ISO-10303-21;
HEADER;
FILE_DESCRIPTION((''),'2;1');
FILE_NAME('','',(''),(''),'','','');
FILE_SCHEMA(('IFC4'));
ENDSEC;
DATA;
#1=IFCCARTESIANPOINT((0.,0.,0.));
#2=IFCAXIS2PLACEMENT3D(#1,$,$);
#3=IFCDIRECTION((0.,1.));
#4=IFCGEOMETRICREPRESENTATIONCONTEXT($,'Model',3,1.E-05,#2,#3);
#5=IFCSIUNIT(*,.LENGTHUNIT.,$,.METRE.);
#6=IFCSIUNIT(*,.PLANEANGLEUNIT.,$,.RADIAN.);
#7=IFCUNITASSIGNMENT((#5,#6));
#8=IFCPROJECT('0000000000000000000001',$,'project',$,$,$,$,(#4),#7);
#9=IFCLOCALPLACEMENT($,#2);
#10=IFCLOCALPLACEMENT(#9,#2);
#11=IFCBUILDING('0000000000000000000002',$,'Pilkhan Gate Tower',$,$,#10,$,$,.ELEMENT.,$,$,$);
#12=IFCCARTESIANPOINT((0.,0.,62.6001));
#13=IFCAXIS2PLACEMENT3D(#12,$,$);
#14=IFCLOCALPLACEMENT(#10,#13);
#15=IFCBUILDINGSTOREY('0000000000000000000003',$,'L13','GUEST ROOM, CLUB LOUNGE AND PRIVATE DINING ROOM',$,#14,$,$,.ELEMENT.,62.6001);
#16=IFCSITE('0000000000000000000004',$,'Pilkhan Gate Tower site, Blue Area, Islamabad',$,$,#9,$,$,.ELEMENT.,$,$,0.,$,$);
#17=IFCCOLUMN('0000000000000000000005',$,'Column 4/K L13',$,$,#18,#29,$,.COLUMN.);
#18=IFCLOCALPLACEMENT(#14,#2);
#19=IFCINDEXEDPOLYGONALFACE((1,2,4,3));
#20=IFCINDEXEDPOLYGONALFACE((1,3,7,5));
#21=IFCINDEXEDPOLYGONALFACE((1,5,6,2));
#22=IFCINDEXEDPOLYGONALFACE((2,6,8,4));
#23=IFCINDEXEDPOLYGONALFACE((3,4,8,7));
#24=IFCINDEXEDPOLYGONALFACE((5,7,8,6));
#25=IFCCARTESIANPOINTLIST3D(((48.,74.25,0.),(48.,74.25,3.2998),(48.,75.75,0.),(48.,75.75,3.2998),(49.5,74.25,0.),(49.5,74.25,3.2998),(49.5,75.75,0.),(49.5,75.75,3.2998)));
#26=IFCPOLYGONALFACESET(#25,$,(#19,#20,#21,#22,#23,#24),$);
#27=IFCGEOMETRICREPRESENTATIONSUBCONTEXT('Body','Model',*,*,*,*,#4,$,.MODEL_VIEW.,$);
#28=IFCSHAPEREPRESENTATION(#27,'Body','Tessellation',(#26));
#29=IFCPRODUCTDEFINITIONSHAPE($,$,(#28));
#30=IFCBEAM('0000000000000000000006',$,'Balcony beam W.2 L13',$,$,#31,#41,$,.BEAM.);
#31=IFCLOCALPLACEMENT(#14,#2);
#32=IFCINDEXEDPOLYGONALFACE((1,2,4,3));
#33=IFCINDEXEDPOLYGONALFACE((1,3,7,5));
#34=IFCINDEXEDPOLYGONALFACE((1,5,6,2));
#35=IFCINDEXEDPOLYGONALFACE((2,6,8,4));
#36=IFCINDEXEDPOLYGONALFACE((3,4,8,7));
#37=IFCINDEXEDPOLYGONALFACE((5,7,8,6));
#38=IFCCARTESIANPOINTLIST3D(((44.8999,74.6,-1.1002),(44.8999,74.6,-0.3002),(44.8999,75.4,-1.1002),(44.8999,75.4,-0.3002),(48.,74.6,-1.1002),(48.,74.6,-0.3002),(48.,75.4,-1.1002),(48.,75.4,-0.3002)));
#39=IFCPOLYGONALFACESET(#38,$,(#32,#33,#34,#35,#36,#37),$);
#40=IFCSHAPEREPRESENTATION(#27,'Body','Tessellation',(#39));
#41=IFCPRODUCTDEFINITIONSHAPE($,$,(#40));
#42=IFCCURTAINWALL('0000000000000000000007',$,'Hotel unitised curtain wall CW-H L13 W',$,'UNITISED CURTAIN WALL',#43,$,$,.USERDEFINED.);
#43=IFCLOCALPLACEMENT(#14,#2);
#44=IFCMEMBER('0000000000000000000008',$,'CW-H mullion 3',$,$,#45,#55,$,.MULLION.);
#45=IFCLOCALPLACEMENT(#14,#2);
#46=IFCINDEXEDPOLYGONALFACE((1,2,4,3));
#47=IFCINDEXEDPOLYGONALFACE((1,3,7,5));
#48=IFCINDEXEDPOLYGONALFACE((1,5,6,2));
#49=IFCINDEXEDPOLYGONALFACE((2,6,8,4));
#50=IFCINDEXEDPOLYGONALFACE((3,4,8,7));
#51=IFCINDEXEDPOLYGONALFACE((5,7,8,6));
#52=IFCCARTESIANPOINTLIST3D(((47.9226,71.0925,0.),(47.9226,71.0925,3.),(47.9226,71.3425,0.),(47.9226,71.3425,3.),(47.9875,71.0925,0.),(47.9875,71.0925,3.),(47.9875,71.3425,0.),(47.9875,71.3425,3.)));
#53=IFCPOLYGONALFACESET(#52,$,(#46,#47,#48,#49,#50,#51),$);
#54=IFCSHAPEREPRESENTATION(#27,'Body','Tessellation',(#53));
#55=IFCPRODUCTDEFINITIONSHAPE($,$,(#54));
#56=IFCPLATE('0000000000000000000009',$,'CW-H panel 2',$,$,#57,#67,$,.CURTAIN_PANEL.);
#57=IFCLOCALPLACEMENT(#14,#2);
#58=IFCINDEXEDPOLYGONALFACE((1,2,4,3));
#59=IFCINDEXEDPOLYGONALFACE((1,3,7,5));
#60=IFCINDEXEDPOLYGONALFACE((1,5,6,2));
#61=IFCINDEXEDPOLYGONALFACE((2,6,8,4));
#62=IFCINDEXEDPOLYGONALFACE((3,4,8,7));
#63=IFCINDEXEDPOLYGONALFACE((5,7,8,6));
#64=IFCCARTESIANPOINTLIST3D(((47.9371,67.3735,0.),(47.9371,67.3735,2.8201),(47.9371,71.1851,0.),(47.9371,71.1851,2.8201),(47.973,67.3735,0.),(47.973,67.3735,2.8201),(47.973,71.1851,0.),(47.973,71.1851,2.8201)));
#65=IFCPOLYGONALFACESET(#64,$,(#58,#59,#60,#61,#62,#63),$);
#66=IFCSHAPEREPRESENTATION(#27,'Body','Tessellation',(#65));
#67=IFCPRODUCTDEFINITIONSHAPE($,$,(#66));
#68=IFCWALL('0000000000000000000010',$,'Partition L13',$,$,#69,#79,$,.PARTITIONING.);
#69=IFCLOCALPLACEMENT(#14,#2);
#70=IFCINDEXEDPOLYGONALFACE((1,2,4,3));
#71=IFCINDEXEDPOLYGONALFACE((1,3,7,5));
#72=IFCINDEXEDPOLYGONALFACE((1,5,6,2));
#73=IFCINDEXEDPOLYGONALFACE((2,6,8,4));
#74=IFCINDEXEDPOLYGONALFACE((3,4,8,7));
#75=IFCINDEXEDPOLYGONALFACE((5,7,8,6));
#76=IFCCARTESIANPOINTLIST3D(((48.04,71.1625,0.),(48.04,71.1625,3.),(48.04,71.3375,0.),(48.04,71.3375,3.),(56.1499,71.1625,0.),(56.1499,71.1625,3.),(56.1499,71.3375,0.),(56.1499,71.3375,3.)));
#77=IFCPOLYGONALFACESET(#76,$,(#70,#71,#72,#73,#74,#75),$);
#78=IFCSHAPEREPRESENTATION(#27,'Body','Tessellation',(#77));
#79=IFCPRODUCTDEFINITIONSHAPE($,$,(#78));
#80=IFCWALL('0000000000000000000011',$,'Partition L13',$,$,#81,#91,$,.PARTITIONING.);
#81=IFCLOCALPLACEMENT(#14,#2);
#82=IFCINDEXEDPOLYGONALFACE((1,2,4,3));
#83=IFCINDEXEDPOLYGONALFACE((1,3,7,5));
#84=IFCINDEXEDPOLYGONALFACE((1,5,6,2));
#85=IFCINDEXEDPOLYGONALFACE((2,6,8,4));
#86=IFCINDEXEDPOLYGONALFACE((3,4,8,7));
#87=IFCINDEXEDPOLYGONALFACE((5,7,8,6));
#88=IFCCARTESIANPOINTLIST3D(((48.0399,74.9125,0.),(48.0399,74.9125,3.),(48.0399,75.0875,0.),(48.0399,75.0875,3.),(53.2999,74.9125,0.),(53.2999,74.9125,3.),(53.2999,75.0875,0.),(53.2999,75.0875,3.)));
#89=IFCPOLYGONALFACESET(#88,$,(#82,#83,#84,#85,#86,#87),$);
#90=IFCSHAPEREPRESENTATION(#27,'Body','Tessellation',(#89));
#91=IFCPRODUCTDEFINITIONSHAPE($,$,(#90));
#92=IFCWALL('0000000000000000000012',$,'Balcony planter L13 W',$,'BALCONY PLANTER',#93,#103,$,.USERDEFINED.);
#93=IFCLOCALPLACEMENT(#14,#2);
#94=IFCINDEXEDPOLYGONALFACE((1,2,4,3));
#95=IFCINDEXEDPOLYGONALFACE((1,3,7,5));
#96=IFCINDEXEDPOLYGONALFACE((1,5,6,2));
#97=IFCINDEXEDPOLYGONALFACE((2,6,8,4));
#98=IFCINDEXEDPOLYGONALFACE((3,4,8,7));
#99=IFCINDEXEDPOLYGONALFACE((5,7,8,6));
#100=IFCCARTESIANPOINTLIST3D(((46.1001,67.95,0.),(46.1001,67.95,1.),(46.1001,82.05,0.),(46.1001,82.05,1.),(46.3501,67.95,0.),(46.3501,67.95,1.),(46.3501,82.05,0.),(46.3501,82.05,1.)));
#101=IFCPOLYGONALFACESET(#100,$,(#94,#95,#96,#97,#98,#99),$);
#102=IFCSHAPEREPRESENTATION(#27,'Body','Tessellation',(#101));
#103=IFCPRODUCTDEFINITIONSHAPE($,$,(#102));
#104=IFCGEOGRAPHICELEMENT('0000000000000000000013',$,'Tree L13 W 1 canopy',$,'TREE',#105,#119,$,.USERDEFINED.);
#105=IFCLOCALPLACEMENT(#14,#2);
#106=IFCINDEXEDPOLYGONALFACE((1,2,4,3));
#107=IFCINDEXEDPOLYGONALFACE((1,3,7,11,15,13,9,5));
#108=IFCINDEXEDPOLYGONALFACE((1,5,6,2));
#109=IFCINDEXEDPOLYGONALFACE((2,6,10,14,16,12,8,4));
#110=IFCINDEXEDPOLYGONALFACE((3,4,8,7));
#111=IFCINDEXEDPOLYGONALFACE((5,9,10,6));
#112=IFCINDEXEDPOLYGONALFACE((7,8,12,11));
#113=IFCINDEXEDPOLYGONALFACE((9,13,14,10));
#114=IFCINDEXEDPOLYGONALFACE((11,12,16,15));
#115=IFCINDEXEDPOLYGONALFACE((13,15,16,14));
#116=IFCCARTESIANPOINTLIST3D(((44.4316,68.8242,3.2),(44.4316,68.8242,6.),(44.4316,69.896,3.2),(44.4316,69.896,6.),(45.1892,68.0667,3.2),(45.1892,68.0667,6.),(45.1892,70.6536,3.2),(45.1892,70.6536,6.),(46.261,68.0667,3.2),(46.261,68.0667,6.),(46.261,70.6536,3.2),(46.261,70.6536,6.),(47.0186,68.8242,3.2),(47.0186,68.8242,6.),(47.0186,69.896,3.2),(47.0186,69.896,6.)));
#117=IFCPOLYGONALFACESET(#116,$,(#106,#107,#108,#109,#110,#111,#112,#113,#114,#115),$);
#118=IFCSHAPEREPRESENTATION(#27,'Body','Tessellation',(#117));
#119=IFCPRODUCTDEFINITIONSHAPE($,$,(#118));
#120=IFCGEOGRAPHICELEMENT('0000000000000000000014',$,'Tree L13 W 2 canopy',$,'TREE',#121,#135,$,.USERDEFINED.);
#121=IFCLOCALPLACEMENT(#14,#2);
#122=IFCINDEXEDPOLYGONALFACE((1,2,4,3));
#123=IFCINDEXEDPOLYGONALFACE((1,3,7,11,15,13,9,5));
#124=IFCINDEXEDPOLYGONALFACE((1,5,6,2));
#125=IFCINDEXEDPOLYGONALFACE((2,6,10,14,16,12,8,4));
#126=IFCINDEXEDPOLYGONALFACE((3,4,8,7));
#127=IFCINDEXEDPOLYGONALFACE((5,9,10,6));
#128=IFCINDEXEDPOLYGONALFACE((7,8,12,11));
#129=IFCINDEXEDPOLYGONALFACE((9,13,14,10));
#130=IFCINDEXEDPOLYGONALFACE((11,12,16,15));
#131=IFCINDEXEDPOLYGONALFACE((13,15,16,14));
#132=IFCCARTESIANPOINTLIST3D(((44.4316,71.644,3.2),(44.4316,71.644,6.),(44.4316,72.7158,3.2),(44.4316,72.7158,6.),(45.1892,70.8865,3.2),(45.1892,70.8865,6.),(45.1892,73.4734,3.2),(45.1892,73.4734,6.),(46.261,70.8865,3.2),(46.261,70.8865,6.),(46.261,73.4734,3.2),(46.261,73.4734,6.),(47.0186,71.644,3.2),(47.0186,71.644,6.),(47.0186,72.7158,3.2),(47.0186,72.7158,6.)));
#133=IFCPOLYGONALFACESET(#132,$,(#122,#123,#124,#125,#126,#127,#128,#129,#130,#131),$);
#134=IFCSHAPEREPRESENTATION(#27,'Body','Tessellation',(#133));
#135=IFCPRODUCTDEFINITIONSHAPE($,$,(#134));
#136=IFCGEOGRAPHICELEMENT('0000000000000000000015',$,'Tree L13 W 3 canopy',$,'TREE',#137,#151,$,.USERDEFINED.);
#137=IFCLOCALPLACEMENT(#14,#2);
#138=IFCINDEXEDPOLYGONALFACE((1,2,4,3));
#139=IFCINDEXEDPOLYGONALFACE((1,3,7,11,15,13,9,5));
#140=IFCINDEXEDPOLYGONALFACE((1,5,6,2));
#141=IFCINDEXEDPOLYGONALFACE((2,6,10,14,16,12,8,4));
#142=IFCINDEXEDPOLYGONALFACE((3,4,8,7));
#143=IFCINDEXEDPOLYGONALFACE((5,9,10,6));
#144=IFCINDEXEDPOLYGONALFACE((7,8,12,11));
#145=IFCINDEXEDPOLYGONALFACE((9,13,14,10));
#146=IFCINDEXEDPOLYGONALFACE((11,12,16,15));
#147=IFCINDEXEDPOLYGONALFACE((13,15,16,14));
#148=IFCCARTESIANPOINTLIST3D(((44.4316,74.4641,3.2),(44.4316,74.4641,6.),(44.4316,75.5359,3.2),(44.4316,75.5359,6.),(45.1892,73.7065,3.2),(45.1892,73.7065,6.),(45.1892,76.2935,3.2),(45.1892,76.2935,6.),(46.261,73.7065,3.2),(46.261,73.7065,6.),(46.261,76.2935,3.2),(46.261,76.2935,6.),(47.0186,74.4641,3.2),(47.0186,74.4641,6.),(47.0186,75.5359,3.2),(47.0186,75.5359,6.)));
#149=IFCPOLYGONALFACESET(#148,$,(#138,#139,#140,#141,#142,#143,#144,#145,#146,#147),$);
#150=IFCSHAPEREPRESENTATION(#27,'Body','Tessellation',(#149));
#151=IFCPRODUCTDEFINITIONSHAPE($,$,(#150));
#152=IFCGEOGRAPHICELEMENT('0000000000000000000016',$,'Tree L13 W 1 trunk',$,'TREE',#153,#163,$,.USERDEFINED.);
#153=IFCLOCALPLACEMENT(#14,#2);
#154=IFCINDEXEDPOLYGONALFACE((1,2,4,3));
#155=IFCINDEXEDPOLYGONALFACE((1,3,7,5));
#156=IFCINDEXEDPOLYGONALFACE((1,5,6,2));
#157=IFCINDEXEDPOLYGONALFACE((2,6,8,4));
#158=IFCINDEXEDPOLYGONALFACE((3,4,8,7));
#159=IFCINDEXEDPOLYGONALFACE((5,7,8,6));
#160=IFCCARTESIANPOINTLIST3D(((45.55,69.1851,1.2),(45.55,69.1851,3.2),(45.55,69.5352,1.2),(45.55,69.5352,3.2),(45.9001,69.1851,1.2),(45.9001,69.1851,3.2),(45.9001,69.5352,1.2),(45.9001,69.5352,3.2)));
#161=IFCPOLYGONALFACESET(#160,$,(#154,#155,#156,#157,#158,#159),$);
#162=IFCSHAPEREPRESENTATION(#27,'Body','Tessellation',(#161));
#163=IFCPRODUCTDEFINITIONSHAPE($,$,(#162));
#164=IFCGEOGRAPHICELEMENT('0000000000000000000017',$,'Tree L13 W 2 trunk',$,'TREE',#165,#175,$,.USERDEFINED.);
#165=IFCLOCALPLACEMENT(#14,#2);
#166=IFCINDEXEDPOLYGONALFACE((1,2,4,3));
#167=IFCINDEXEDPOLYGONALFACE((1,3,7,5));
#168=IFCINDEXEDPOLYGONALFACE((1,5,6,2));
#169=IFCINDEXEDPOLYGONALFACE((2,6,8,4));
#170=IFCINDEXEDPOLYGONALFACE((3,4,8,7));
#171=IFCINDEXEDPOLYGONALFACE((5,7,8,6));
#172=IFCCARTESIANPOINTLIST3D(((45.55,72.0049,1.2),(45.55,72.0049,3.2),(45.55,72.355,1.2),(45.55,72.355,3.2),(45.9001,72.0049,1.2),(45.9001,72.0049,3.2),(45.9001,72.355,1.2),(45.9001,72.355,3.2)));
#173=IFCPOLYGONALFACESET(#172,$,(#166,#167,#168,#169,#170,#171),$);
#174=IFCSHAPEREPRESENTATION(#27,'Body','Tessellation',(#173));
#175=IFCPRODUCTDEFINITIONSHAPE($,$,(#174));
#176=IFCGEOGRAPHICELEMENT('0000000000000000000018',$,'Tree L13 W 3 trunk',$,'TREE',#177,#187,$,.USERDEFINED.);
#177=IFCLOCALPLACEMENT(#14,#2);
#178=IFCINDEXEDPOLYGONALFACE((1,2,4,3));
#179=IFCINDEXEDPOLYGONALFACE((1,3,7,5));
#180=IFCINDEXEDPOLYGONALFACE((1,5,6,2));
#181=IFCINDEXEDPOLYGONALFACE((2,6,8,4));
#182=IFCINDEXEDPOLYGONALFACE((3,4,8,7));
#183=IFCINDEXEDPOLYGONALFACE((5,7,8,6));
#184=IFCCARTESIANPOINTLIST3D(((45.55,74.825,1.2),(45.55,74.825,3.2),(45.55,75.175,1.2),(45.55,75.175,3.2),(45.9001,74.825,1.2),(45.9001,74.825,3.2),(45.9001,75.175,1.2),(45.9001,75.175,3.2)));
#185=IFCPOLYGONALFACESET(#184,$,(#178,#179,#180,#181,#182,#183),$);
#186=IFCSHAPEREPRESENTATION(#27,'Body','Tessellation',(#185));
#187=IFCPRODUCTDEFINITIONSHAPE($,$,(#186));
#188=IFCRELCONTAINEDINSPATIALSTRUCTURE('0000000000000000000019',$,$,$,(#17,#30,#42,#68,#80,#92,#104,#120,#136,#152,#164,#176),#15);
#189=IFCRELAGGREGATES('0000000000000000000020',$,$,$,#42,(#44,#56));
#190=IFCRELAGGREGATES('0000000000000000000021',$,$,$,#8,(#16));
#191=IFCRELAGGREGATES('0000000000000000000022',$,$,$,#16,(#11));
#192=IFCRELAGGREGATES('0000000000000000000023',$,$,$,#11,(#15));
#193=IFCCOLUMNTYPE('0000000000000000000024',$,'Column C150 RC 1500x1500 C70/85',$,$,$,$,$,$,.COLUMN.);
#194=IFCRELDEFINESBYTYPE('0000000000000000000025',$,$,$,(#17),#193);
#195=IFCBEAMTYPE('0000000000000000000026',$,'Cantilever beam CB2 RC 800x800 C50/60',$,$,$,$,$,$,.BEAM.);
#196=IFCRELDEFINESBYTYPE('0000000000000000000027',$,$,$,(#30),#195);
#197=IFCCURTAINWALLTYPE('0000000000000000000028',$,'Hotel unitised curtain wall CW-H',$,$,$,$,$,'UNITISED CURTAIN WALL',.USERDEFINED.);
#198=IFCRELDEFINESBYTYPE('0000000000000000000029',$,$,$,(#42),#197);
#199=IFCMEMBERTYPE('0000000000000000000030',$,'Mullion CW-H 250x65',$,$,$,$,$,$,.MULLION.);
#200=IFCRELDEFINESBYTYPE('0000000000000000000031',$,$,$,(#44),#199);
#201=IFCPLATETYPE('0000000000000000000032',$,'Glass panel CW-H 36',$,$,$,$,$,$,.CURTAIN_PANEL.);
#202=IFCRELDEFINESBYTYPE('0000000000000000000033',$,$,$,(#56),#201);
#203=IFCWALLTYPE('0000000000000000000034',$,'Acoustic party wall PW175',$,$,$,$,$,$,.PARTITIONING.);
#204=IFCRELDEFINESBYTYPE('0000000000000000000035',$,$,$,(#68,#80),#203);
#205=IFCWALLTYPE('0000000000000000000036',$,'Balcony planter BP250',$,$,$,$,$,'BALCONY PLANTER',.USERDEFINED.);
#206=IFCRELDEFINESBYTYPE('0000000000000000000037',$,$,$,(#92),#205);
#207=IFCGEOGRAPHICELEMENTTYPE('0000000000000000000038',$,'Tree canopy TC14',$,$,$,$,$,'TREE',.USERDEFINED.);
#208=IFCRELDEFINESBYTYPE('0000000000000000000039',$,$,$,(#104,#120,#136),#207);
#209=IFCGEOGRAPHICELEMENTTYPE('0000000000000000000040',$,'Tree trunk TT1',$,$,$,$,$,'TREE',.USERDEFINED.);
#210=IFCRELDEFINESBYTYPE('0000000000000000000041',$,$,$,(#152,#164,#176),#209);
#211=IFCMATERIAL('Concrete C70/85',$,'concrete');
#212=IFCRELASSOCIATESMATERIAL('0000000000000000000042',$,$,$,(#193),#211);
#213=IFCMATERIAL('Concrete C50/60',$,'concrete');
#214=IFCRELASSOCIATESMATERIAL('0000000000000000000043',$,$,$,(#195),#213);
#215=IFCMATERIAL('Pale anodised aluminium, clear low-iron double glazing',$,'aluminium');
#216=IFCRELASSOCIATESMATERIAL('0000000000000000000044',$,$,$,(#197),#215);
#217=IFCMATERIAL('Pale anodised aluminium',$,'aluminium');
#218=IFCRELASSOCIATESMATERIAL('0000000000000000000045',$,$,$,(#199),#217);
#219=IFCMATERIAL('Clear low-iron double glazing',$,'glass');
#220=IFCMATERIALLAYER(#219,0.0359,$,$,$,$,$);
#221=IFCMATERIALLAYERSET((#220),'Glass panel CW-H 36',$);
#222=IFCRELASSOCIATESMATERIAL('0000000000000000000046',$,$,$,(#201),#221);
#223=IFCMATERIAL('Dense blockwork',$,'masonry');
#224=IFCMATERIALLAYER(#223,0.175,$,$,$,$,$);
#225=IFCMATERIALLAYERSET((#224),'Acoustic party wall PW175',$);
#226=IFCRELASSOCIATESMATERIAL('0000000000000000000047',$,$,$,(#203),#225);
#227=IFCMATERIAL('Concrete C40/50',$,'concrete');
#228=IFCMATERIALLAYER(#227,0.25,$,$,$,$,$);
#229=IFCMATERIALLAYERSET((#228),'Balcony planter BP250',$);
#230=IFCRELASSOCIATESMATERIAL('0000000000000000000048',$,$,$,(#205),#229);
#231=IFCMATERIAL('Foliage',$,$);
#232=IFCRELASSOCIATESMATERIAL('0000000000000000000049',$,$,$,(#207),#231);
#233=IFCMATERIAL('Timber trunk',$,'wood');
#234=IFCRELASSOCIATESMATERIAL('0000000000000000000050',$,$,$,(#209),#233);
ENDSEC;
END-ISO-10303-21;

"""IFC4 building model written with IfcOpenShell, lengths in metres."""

from ifc_helpers import new_model, si_unit, direction, frame, frame_2d, origin, origin_2d, place, context, subcontext, project, spatial, polyline, rectangle, outline, extrude, material, layer, layer_set, material_profile, profile_set, type_object, element, aggregate, save


model = new_model("IFC4")

# Units and contexts
model_context = context("Model", 3, precision=1e-05, world=origin(), true_north=direction((0.0, 1.0)))
body_context = subcontext(model_context, "Body", "Model", "MODEL_VIEW")
ifc_project = project(units=[si_unit("LENGTHUNIT", "METRE"), si_unit("PLANEANGLEUNIT", "RADIAN")], contexts=[model_context])

# Site, building, storey
site_placement = place(None, origin())
site = spatial("IfcSite", under=ifc_project, at=site_placement, Name="Pilkhan Gate Tower site, Blue Area, Islamabad", CompositionType="ELEMENT", RefElevation=0.0)
building_placement = place(site_placement, origin())
building = spatial("IfcBuilding", under=site, at=building_placement, Name="Pilkhan Gate Tower", CompositionType="ELEMENT")
storey_placement = place(building_placement, frame((0.0, 0.0, 62.6001)))
storey = spatial("IfcBuildingStorey", under=building, at=storey_placement, Name="L13", Description="GUEST ROOM, CLUB LOUNGE AND PRIVATE DINING ROOM", CompositionType="ELEMENT", Elevation=62.6001)

# Column
ifc_material_1 = material(Name="Concrete C70/85", Category="concrete")
ifc_material_profile_1 = material_profile(ifc_material_1, rectangle(XDim=1.5, YDim=1.5, at=origin_2d()), Name="RC 1500x1500")
ifc_profile_set_1 = profile_set([ifc_material_profile_1], Name="Concrete C70/85")
column_type = type_object("IfcColumnType", Name="Column C150 RC 1500x1500 C70/85", PredefinedType="COLUMN", material=ifc_profile_set_1)
column_placement = place(storey_placement, frame((48.75, 75.0, 0.0), z_axis=(0.0, 0.0, 1.0), x_axis=(1.0, 0.0, 0.0)))
element("IfcColumn", 1, at=column_placement, inside=storey, type_object=column_type, Name="Column 4/K L13", PredefinedType="COLUMN", context=body_context, shape_type="SweptSolid", body=[
    extrude(rectangle(XDim=1.5, YDim=1.5, at=origin_2d()), origin(), (0.0, 0.0, 1.0), 3.2998),
])

# Beam
ifc_material_2 = material(Name="Concrete C50/60", Category="concrete")
ifc_material_profile_2 = material_profile(ifc_material_2, rectangle(XDim=0.8, YDim=0.8, at=origin_2d()), Name="RC 800x800")
ifc_profile_set_2 = profile_set([ifc_material_profile_2], Name="Concrete C50/60")
beam_type = type_object("IfcBeamType", Name="Cantilever beam CB2 RC 800x800 C50/60", PredefinedType="BEAM", material=ifc_profile_set_2)
beam_placement = place(storey_placement, frame((48.0, 75.0, -0.7002), z_axis=(-1.0, 0.0, 0.0), x_axis=(0.0, -1.0, 0.0)))
element("IfcBeam", 2, at=beam_placement, inside=storey, type_object=beam_type, Name="Balcony beam W.2 L13", PredefinedType="BEAM", context=body_context, shape_type="SweptSolid", body=[
    extrude(rectangle(XDim=0.8, YDim=0.8, at=origin_2d()), origin(), (0.0, 0.0, 1.0), 3.1001),
])

# Curtain wall, member, plate
ifc_material_3 = material(Name="Pale anodised aluminium, clear low-iron double glazing", Category="aluminium")
curtain_wall_type = type_object("IfcCurtainWallType", Name="Hotel unitised curtain wall CW-H", ElementType="UNITISED CURTAIN WALL", PredefinedType="USERDEFINED", material=ifc_material_3)
curtain_wall_placement = place(storey_placement, origin())
curtain_wall = element("IfcCurtainWall", 3, at=curtain_wall_placement, inside=storey, type_object=curtain_wall_type, Name="Hotel unitised curtain wall CW-H L13 W", ObjectType="UNITISED CURTAIN WALL", PredefinedType="USERDEFINED")
ifc_material_4 = material(Name="Pale anodised aluminium", Category="aluminium")
ifc_material_profile_3 = material_profile(ifc_material_4, rectangle(XDim=0.0649, YDim=0.25, at=origin_2d()), Name="Mullion 250x65")
ifc_profile_set_3 = profile_set([ifc_material_profile_3], Name="Pale anodised aluminium")
member_type = type_object("IfcMemberType", Name="Mullion CW-H 250x65", PredefinedType="MULLION", material=ifc_profile_set_3)
member_placement = place(storey_placement, frame((47.9551, 71.2175, 0.0), z_axis=(0.0, 0.0, 1.0), x_axis=(-1.0, 0.0, 0.0)))
member = element("IfcMember", 4, at=member_placement, type_object=member_type, Name="CW-H mullion 3", PredefinedType="MULLION", context=body_context, shape_type="SweptSolid", body=[
    extrude(rectangle(XDim=0.0649, YDim=0.25, at=origin_2d()), origin(), (0.0, 0.0, 1.0), 3.0),
])
ifc_material_5 = material(Name="Clear low-iron double glazing", Category="glass")
ifc_layer_1 = layer(ifc_material_5, 0.0359)
ifc_layer_set_1 = layer_set([ifc_layer_1], Name="Glass panel CW-H 36")
plate_type = type_object("IfcPlateType", Name="Glass panel CW-H 36", PredefinedType="CURTAIN_PANEL", material=ifc_layer_set_1)
plate_placement = place(storey_placement, frame((47.9551, 69.2793, 0.0), z_axis=(0.0, 0.0, 1.0), x_axis=(0.0, 1.0, 0.0)))
plate = element("IfcPlate", 5, at=plate_placement, type_object=plate_type, Name="CW-H panel 2", PredefinedType="CURTAIN_PANEL", context=body_context, shape_type="SweptSolid", body=[
    extrude(rectangle(XDim=3.8115, YDim=0.0359, at=origin_2d()), origin(), (0.0, 0.0, 1.0), 2.8201),
])
aggregate(curtain_wall, [member, plate])

# Walls
ifc_material_6 = material(Name="Dense blockwork", Category="masonry")
ifc_layer_2 = layer(ifc_material_6, 0.175)
ifc_layer_set_2 = layer_set([ifc_layer_2], Name="Acoustic party wall PW175")
wall_type_1 = type_object("IfcWallType", Name="Acoustic party wall PW175", PredefinedType="PARTITIONING", material=ifc_layer_set_2)
wall_1_placement = place(storey_placement, frame((48.04, 71.25, 0.0), z_axis=(0.0, 0.0, 1.0), x_axis=(1.0, 0.0, 0.0)))
element("IfcWall", 6, at=wall_1_placement, inside=storey, type_object=wall_type_1, Name="Partition L13", PredefinedType="PARTITIONING", context=body_context, shape_type="SweptSolid", body=[
    extrude(rectangle(XDim=8.1099, YDim=0.175, at=frame_2d((4.0549, 0.0))), origin(), (0.0, 0.0, 1.0), 3.0),
])
wall_2_placement = place(storey_placement, frame((48.04, 75.0, 0.0), z_axis=(0.0, 0.0, 1.0), x_axis=(1.0, 0.0, 0.0)))
element("IfcWall", 7, at=wall_2_placement, inside=storey, type_object=wall_type_1, Name="Partition L13", PredefinedType="PARTITIONING", context=body_context, shape_type="SweptSolid", body=[
    extrude(rectangle(XDim=5.26, YDim=0.175, at=frame_2d((2.6299, 0.0))), origin(), (0.0, 0.0, 1.0), 3.0),
])
ifc_material_7 = material(Name="Concrete C40/50", Category="concrete")
ifc_layer_3 = layer(ifc_material_7, 0.25)
ifc_layer_set_3 = layer_set([ifc_layer_3], Name="Balcony planter BP250")
wall_type_2 = type_object("IfcWallType", Name="Balcony planter BP250", ElementType="BALCONY PLANTER", PredefinedType="USERDEFINED", material=ifc_layer_set_3)
wall_3_placement = place(storey_placement, frame((46.2251, 67.95, 0.0), z_axis=(0.0, 0.0, 1.0), x_axis=(0.0, 1.0, 0.0)))
element("IfcWall", 8, at=wall_3_placement, inside=storey, type_object=wall_type_2, Name="Balcony planter L13 W", ObjectType="BALCONY PLANTER", PredefinedType="USERDEFINED", context=body_context, shape_type="SweptSolid", body=[
    extrude(rectangle(XDim=14.1001, YDim=0.25, at=frame_2d((7.05, 0.0))), origin(), (0.0, 0.0, 1.0), 1.0),
])

# Geographic elements
ifc_material_8 = material(Name="Foliage")
ifc_material_profile_4 = material_profile(ifc_material_8, outline(polyline([(1.2935, 0.5359), (0.5359, 1.2935), (-0.5359, 1.2935), (-1.2935, 0.5359), (-1.2935, -0.5359), (-0.5359, -1.2935), (0.5359, -1.2935), (1.2935, -0.5359), (1.2935, 0.5359)])), Name="Canopy D2.8")
ifc_profile_set_4 = profile_set([ifc_material_profile_4], Name="Foliage")
geographic_element_type_1 = type_object("IfcGeographicElementType", Name="Tree canopy TC14", ElementType="TREE", PredefinedType="USERDEFINED", material=ifc_profile_set_4)
for number, where, z_axis, x_axis, name in (
    (9, (45.7251, 69.3601, 3.2), (0.0, 0.0, 1.0), (1.0, 0.0, 0.0), "Tree L13 W 1 canopy"),
    (10, (45.7251, 72.1799, 3.2), (0.0, 0.0, 1.0), (1.0, 0.0, 0.0), "Tree L13 W 2 canopy"),
    (11, (45.7251, 75.0, 3.2), (0.0, 0.0, 1.0), (1.0, 0.0, 0.0), "Tree L13 W 3 canopy"),
):
    element("IfcGeographicElement", number, at=place(storey_placement, frame(where, z_axis=z_axis, x_axis=x_axis)), inside=storey, type_object=geographic_element_type_1, Name=name, ObjectType="TREE", PredefinedType="USERDEFINED", context=body_context, shape_type="SweptSolid", body=[
        extrude(outline(polyline([(1.2935, 0.5359), (0.5359, 1.2935), (-0.5359, 1.2935), (-1.2935, 0.5359), (-1.2935, -0.5359), (-0.5359, -1.2935), (0.5359, -1.2935), (1.2935, -0.5359), (1.2935, 0.5359)])), origin(), (0.0, 0.0, 1.0), 2.8),
    ])
ifc_material_9 = material(Name="Timber trunk", Category="wood")
geographic_element_type_2 = type_object("IfcGeographicElementType", Name="Tree trunk TT1", ElementType="TREE", PredefinedType="USERDEFINED", material=ifc_material_9)
for number, where, z_axis, x_axis, name in (
    (12, (45.7251, 69.3601, 1.2), (0.0, 0.0, 1.0), (1.0, 0.0, 0.0), "Tree L13 W 1 trunk"),
    (13, (45.7251, 72.1799, 1.2), (0.0, 0.0, 1.0), (1.0, 0.0, 0.0), "Tree L13 W 2 trunk"),
    (14, (45.7251, 75.0, 1.2), (0.0, 0.0, 1.0), (1.0, 0.0, 0.0), "Tree L13 W 3 trunk"),
):
    element("IfcGeographicElement", number, at=place(storey_placement, frame(where, z_axis=z_axis, x_axis=x_axis)), inside=storey, type_object=geographic_element_type_2, Name=name, ObjectType="TREE", PredefinedType="USERDEFINED", context=body_context, shape_type="SweptSolid", body=[
        extrude(rectangle(XDim=0.3501, YDim=0.3501, at=origin_2d()), origin(), (0.0, 0.0, 1.0), 2.0),
    ])

save(model, "model.ifc")
